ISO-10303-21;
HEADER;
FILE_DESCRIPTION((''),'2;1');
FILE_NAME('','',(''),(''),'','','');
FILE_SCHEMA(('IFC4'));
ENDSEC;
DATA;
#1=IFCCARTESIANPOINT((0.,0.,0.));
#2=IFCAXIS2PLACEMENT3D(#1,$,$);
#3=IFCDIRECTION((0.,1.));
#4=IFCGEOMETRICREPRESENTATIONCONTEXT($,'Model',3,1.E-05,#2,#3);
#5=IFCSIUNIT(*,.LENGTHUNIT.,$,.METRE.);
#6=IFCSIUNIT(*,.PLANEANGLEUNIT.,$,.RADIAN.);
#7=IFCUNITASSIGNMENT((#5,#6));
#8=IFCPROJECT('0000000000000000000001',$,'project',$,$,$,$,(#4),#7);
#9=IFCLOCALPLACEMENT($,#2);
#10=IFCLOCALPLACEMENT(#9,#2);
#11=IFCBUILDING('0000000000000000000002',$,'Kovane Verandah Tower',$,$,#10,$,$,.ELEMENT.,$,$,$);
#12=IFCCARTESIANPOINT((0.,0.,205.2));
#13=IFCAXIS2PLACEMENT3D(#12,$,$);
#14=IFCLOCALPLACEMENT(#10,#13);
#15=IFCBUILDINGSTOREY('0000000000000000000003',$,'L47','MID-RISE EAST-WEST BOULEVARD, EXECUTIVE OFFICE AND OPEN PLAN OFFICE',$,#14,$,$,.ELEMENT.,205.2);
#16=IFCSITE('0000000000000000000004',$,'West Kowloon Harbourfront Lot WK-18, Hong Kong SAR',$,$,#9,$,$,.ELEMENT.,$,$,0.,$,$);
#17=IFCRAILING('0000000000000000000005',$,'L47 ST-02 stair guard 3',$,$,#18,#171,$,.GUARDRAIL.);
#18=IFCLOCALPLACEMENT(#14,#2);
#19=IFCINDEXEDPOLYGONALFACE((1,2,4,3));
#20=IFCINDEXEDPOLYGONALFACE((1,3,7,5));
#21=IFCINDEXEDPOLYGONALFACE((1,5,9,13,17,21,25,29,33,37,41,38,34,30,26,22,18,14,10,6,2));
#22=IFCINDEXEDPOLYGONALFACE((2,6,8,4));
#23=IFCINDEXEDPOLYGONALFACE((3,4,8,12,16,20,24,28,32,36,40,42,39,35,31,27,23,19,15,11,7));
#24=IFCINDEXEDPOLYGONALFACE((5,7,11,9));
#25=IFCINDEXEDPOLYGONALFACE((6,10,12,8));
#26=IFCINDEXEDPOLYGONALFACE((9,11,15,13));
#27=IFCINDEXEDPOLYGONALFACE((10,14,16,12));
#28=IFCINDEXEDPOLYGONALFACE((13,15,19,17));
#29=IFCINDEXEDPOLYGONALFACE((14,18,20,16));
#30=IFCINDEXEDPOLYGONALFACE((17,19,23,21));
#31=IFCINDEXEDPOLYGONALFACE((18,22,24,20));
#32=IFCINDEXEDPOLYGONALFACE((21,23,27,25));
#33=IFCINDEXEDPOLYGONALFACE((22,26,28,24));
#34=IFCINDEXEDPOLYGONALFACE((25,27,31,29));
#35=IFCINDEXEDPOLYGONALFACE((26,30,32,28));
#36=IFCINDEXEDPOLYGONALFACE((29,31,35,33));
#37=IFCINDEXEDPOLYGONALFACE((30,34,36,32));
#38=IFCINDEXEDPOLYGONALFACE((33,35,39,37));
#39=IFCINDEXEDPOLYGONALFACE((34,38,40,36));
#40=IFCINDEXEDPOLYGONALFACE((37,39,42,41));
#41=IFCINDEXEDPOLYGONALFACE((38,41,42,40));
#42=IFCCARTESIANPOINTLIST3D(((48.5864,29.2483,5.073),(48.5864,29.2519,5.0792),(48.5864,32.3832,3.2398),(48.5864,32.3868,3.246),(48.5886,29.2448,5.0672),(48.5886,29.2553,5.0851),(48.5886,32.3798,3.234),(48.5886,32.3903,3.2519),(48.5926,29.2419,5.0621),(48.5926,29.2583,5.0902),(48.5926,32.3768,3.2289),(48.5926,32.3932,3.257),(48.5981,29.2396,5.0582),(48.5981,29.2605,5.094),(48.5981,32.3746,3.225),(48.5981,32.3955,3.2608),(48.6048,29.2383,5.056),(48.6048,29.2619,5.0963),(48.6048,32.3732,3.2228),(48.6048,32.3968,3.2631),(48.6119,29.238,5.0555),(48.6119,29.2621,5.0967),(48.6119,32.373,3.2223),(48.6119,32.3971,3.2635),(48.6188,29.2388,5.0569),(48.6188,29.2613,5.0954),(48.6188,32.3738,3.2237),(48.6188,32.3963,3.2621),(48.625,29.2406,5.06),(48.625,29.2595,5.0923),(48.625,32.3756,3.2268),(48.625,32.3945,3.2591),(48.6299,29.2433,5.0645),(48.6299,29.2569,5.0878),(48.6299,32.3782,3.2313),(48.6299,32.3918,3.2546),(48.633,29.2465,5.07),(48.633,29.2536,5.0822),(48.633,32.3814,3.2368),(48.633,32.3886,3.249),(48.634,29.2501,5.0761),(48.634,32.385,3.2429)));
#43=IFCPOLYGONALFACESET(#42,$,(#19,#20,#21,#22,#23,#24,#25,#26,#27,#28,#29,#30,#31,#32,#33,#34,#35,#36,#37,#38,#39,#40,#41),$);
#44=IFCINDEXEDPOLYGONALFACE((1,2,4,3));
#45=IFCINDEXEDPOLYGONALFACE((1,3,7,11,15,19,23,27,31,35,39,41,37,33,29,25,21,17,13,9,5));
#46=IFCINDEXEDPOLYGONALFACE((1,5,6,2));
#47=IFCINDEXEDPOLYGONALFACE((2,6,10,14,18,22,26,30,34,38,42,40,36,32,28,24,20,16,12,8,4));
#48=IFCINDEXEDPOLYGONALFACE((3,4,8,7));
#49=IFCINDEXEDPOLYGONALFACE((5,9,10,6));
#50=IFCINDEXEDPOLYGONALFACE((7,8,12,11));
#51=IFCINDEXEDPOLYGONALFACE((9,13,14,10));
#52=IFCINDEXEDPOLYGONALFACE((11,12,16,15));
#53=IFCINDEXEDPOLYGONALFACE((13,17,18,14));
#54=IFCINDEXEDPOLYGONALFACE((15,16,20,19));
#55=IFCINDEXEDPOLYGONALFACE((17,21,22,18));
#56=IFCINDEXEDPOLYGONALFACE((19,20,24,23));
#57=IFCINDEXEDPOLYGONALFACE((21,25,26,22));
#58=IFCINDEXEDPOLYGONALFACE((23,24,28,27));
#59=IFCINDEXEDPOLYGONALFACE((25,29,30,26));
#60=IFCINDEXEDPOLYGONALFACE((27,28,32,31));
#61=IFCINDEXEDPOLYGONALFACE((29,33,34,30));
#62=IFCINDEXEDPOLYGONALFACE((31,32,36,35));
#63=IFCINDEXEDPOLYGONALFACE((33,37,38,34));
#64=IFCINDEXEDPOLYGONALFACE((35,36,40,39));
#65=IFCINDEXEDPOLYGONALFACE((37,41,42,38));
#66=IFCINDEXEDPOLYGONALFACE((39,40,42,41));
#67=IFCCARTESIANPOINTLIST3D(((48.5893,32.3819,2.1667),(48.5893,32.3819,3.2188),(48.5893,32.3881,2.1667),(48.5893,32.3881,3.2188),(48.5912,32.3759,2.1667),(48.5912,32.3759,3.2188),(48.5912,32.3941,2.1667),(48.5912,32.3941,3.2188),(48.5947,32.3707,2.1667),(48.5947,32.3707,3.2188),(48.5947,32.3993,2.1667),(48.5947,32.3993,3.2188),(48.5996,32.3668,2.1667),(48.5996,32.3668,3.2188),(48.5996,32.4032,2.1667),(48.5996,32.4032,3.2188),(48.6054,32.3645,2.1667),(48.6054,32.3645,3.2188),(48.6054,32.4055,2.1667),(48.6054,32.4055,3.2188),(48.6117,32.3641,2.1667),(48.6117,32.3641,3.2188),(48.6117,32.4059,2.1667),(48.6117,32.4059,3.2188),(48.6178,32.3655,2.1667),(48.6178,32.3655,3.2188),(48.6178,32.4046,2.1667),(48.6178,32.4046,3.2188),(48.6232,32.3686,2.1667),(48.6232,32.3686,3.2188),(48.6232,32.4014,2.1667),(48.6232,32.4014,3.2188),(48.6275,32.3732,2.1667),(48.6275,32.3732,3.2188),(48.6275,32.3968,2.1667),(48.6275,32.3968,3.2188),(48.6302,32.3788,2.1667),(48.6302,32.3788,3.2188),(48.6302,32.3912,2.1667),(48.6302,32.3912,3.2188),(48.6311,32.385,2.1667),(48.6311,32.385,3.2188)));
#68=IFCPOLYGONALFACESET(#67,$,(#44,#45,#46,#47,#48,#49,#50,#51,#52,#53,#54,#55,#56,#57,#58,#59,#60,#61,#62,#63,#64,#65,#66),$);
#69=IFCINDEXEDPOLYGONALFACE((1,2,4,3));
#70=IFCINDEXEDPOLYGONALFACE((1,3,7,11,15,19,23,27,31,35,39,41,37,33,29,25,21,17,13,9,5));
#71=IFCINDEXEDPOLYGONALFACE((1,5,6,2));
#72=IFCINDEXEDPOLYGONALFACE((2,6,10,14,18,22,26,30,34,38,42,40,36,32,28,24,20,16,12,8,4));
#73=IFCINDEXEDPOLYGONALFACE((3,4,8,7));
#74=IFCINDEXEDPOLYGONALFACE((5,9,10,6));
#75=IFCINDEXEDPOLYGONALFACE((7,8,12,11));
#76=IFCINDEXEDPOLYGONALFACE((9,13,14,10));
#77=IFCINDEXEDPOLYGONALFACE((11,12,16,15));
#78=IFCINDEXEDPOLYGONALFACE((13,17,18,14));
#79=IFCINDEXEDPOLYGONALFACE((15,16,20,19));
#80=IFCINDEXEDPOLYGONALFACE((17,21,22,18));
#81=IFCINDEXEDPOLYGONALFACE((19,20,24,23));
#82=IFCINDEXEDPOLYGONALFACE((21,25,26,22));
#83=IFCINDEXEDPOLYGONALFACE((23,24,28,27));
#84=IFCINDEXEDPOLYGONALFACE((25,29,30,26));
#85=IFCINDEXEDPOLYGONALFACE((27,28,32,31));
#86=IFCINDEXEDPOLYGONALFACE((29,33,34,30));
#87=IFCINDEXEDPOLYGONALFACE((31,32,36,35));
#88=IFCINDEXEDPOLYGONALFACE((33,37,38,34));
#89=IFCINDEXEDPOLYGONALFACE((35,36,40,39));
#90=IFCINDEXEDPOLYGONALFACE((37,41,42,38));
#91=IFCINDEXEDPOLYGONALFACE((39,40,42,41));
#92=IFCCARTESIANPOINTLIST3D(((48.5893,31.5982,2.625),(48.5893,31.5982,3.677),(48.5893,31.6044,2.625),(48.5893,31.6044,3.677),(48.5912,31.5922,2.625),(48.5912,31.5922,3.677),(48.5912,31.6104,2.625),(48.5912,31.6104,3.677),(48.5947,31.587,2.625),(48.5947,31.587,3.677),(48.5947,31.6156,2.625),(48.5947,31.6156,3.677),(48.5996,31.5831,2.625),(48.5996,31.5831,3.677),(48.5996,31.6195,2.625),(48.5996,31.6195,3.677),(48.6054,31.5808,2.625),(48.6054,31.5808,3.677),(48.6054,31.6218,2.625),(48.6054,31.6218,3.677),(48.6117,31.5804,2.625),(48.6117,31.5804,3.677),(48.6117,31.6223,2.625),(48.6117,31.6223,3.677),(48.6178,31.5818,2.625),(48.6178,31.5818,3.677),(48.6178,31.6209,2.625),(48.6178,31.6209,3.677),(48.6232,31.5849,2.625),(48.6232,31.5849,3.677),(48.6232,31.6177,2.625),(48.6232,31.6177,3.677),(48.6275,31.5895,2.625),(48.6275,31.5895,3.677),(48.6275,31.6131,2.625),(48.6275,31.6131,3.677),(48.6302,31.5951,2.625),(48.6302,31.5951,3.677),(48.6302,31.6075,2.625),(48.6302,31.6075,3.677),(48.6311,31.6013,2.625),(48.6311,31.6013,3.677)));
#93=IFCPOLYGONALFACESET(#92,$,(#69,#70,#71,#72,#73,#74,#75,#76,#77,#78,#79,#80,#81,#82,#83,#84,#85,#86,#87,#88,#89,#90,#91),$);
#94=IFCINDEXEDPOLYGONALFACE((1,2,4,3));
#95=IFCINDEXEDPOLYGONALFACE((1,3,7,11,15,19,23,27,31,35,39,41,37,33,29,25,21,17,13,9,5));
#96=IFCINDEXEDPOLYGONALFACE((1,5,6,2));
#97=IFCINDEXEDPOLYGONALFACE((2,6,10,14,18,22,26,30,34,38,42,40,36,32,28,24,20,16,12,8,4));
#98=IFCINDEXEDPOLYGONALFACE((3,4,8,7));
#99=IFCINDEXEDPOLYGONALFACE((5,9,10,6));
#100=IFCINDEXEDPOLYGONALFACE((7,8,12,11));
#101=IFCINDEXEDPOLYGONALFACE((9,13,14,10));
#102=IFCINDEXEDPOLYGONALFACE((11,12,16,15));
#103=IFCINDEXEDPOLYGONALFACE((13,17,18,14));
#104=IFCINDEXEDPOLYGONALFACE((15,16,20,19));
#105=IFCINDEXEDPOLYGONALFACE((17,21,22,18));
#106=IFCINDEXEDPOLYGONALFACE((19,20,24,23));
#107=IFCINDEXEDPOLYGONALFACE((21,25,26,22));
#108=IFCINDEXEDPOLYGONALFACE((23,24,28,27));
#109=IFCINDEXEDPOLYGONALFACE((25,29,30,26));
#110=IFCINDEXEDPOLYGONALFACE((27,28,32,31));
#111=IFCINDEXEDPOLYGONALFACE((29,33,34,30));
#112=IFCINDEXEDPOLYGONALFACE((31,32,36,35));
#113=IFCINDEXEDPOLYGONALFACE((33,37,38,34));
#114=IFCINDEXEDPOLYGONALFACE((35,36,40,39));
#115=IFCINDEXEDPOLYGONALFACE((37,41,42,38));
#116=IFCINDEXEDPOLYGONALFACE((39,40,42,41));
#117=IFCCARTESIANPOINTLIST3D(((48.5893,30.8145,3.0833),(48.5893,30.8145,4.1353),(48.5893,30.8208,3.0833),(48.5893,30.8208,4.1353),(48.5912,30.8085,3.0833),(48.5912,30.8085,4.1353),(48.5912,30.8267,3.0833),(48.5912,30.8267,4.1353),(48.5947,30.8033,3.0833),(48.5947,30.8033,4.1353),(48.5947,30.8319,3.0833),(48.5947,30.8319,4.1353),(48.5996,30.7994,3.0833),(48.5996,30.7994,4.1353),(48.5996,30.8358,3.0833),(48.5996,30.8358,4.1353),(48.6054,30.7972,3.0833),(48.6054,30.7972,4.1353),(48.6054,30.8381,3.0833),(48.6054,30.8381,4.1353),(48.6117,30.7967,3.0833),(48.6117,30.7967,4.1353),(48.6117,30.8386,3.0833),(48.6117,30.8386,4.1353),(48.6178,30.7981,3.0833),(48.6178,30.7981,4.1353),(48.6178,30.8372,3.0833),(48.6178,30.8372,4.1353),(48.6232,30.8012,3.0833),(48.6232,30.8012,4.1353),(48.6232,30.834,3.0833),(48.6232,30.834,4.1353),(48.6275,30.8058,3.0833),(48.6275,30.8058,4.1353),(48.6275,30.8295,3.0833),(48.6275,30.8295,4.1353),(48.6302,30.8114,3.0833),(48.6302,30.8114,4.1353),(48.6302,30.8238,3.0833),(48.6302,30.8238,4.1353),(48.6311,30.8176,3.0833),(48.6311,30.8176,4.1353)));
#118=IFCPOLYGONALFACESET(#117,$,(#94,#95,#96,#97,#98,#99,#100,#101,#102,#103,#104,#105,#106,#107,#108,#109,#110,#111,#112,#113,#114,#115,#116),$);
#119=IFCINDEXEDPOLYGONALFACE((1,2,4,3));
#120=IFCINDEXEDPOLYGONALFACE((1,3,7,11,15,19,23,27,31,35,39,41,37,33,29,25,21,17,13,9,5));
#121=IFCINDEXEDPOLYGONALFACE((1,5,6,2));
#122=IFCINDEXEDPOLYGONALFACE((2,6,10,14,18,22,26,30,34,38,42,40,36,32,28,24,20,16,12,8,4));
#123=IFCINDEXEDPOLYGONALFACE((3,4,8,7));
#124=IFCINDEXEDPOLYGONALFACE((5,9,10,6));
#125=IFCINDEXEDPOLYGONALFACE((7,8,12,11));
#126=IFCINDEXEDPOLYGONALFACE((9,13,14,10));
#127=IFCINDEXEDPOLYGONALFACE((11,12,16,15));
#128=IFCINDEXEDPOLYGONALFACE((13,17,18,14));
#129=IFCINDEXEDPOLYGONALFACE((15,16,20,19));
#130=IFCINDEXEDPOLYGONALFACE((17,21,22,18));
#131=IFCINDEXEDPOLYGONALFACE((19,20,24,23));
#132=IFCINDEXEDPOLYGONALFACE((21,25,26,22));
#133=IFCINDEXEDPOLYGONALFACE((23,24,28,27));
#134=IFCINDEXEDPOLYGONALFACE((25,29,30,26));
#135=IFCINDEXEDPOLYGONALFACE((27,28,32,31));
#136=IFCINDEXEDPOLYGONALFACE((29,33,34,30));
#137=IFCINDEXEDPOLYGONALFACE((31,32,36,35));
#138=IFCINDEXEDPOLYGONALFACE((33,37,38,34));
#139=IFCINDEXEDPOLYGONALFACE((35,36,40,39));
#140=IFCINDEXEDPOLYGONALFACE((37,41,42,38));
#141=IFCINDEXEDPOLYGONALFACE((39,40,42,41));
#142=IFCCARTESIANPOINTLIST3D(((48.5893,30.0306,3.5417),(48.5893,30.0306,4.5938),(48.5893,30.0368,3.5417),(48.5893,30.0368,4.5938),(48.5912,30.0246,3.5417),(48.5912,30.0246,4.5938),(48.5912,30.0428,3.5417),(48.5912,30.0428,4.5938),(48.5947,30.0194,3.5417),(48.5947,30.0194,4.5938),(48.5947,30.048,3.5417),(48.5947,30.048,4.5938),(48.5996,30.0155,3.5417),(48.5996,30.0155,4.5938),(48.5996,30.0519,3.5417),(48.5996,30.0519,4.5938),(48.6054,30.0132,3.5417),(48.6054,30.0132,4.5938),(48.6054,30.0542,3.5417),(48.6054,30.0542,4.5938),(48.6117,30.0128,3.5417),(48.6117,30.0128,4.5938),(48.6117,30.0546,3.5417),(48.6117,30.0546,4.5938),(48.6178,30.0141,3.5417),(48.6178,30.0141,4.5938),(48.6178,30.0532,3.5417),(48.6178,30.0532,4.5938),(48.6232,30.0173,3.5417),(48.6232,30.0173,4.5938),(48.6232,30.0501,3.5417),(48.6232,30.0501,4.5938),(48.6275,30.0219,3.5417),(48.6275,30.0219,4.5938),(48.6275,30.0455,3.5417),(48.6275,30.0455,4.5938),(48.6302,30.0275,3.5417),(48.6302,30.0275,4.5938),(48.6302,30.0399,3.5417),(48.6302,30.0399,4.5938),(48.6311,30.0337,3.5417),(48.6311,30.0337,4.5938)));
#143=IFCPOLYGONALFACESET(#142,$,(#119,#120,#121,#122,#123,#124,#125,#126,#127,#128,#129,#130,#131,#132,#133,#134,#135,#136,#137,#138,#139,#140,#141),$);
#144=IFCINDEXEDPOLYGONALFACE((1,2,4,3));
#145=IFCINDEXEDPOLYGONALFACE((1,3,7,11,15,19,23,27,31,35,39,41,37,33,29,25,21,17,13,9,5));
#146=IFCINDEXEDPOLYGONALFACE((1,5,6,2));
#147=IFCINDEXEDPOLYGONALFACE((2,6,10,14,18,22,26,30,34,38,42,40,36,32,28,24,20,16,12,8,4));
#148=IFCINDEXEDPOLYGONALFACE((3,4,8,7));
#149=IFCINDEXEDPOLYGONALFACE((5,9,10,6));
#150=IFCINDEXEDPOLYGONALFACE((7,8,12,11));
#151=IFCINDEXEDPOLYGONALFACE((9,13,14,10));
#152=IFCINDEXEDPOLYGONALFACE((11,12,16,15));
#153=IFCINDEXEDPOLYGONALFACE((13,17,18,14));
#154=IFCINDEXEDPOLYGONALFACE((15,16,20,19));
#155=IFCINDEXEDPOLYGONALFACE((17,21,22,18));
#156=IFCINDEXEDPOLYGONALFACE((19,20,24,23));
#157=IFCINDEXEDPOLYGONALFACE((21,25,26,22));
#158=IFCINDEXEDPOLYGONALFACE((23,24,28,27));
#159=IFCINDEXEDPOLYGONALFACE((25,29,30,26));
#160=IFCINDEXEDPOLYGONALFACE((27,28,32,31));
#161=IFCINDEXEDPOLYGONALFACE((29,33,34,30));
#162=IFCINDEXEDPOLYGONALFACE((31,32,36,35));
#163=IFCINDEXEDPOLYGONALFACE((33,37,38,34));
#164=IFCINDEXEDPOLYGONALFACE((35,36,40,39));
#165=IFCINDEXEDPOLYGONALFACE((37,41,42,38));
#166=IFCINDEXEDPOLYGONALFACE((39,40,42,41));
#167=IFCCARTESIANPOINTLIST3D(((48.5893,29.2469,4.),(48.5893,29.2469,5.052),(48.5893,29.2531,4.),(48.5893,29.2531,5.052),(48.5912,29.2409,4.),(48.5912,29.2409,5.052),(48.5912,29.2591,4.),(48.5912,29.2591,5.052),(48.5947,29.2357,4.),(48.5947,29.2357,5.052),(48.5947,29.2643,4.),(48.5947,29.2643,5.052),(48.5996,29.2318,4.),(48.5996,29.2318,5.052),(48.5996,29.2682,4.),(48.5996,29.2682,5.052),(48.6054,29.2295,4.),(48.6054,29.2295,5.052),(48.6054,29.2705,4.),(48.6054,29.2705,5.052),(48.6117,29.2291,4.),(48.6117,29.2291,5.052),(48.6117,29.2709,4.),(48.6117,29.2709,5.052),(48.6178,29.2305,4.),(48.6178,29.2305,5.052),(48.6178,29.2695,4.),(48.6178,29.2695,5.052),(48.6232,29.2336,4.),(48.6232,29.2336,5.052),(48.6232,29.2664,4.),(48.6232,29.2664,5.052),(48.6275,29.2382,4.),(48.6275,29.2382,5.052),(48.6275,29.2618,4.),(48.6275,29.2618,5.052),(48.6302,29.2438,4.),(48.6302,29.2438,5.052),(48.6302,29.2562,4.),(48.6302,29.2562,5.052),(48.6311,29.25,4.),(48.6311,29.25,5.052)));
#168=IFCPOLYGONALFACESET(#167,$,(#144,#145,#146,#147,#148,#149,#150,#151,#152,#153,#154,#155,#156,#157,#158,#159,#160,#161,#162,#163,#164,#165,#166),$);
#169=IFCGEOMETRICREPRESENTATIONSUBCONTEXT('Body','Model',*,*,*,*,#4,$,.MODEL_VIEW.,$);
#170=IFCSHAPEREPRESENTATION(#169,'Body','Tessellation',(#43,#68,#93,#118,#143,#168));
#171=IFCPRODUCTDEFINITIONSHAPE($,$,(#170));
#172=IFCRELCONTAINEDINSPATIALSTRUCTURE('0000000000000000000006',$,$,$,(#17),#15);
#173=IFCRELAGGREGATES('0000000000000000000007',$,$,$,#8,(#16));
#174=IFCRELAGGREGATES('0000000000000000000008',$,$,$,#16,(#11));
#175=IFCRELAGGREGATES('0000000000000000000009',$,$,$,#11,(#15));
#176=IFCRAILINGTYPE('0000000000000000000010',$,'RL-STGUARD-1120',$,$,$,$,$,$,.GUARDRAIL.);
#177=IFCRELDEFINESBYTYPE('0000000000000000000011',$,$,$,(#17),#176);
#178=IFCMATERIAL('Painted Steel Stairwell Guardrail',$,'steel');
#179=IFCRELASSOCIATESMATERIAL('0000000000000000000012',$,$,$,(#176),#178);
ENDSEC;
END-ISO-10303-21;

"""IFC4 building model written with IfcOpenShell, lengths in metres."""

from ifc_helpers import new_model, si_unit, direction, frame, origin, origin_2d, place, context, subcontext, project, spatial, circle, extrude, material, type_object, element, save


model = new_model("IFC4")

# Units and contexts
model_context = context("Model", 3, precision=1e-05, world=origin(), true_north=direction((0.0, 1.0)))
body_context = subcontext(model_context, "Body", "Model", "MODEL_VIEW")
ifc_project = project(units=[si_unit("LENGTHUNIT", "METRE"), si_unit("PLANEANGLEUNIT", "RADIAN")], contexts=[model_context])

# Site, building, storey
site_placement = place(None, origin())
site = spatial("IfcSite", under=ifc_project, at=site_placement, Name="West Kowloon Harbourfront Lot WK-18, Hong Kong SAR", CompositionType="ELEMENT", RefElevation=0.0)
building_placement = place(site_placement, origin())
building = spatial("IfcBuilding", under=site, at=building_placement, Name="Kovane Verandah Tower", CompositionType="ELEMENT")
storey_placement = place(building_placement, frame((0.0, 0.0, 205.2)))
storey = spatial("IfcBuildingStorey", under=building, at=storey_placement, Name="L47", Description="MID-RISE EAST-WEST BOULEVARD, EXECUTIVE OFFICE AND OPEN PLAN OFFICE", CompositionType="ELEMENT", Elevation=205.2)

# Railing
ifc_material_1 = material(Name="Painted Steel Stairwell Guardrail", Category="steel")
railing_type_1 = type_object("IfcRailingType", Name="RL-STGUARD-1120", PredefinedType="GUARDRAIL", material=ifc_material_1)
railing_1_placement = place(storey_placement, frame((48.6101, 32.385, 2.1667)))
element("IfcRailing", 1, at=railing_1_placement, inside=storey, type_object=railing_type_1, Name="L47 ST-02 stair guard 3", PredefinedType="GUARDRAIL", context=body_context, shape_type="SweptSolid", body=[
    extrude(circle(Radius=0.0239, at=origin_2d()), frame((0.0, 0.0, 1.0762), z_axis=(0.0, -0.86324, 0.504794), x_axis=(1.0, 0.0, 0.0)), (0.0, 0.0, 1.0), 3.6316),
    extrude(circle(Radius=0.021, at=origin_2d()), origin(), (0.0, 0.0, 1.0), 1.052),
    extrude(circle(Radius=0.021, at=origin_2d()), frame((0.0, -0.7837, 0.4583)), (0.0, 0.0, 1.0), 1.052),
    extrude(circle(Radius=0.021, at=origin_2d()), frame((0.0, -1.5674, 0.9165)), (0.0, 0.0, 1.0), 1.052),
    extrude(circle(Radius=0.021, at=origin_2d()), frame((0.0, -2.3513, 1.375)), (0.0, 0.0, 1.0), 1.052),
    extrude(circle(Radius=0.021, at=origin_2d()), frame((0.0, -3.135, 1.8333)), (0.0, 0.0, 1.0), 1.052),
])

save(model, "model.ifc")
